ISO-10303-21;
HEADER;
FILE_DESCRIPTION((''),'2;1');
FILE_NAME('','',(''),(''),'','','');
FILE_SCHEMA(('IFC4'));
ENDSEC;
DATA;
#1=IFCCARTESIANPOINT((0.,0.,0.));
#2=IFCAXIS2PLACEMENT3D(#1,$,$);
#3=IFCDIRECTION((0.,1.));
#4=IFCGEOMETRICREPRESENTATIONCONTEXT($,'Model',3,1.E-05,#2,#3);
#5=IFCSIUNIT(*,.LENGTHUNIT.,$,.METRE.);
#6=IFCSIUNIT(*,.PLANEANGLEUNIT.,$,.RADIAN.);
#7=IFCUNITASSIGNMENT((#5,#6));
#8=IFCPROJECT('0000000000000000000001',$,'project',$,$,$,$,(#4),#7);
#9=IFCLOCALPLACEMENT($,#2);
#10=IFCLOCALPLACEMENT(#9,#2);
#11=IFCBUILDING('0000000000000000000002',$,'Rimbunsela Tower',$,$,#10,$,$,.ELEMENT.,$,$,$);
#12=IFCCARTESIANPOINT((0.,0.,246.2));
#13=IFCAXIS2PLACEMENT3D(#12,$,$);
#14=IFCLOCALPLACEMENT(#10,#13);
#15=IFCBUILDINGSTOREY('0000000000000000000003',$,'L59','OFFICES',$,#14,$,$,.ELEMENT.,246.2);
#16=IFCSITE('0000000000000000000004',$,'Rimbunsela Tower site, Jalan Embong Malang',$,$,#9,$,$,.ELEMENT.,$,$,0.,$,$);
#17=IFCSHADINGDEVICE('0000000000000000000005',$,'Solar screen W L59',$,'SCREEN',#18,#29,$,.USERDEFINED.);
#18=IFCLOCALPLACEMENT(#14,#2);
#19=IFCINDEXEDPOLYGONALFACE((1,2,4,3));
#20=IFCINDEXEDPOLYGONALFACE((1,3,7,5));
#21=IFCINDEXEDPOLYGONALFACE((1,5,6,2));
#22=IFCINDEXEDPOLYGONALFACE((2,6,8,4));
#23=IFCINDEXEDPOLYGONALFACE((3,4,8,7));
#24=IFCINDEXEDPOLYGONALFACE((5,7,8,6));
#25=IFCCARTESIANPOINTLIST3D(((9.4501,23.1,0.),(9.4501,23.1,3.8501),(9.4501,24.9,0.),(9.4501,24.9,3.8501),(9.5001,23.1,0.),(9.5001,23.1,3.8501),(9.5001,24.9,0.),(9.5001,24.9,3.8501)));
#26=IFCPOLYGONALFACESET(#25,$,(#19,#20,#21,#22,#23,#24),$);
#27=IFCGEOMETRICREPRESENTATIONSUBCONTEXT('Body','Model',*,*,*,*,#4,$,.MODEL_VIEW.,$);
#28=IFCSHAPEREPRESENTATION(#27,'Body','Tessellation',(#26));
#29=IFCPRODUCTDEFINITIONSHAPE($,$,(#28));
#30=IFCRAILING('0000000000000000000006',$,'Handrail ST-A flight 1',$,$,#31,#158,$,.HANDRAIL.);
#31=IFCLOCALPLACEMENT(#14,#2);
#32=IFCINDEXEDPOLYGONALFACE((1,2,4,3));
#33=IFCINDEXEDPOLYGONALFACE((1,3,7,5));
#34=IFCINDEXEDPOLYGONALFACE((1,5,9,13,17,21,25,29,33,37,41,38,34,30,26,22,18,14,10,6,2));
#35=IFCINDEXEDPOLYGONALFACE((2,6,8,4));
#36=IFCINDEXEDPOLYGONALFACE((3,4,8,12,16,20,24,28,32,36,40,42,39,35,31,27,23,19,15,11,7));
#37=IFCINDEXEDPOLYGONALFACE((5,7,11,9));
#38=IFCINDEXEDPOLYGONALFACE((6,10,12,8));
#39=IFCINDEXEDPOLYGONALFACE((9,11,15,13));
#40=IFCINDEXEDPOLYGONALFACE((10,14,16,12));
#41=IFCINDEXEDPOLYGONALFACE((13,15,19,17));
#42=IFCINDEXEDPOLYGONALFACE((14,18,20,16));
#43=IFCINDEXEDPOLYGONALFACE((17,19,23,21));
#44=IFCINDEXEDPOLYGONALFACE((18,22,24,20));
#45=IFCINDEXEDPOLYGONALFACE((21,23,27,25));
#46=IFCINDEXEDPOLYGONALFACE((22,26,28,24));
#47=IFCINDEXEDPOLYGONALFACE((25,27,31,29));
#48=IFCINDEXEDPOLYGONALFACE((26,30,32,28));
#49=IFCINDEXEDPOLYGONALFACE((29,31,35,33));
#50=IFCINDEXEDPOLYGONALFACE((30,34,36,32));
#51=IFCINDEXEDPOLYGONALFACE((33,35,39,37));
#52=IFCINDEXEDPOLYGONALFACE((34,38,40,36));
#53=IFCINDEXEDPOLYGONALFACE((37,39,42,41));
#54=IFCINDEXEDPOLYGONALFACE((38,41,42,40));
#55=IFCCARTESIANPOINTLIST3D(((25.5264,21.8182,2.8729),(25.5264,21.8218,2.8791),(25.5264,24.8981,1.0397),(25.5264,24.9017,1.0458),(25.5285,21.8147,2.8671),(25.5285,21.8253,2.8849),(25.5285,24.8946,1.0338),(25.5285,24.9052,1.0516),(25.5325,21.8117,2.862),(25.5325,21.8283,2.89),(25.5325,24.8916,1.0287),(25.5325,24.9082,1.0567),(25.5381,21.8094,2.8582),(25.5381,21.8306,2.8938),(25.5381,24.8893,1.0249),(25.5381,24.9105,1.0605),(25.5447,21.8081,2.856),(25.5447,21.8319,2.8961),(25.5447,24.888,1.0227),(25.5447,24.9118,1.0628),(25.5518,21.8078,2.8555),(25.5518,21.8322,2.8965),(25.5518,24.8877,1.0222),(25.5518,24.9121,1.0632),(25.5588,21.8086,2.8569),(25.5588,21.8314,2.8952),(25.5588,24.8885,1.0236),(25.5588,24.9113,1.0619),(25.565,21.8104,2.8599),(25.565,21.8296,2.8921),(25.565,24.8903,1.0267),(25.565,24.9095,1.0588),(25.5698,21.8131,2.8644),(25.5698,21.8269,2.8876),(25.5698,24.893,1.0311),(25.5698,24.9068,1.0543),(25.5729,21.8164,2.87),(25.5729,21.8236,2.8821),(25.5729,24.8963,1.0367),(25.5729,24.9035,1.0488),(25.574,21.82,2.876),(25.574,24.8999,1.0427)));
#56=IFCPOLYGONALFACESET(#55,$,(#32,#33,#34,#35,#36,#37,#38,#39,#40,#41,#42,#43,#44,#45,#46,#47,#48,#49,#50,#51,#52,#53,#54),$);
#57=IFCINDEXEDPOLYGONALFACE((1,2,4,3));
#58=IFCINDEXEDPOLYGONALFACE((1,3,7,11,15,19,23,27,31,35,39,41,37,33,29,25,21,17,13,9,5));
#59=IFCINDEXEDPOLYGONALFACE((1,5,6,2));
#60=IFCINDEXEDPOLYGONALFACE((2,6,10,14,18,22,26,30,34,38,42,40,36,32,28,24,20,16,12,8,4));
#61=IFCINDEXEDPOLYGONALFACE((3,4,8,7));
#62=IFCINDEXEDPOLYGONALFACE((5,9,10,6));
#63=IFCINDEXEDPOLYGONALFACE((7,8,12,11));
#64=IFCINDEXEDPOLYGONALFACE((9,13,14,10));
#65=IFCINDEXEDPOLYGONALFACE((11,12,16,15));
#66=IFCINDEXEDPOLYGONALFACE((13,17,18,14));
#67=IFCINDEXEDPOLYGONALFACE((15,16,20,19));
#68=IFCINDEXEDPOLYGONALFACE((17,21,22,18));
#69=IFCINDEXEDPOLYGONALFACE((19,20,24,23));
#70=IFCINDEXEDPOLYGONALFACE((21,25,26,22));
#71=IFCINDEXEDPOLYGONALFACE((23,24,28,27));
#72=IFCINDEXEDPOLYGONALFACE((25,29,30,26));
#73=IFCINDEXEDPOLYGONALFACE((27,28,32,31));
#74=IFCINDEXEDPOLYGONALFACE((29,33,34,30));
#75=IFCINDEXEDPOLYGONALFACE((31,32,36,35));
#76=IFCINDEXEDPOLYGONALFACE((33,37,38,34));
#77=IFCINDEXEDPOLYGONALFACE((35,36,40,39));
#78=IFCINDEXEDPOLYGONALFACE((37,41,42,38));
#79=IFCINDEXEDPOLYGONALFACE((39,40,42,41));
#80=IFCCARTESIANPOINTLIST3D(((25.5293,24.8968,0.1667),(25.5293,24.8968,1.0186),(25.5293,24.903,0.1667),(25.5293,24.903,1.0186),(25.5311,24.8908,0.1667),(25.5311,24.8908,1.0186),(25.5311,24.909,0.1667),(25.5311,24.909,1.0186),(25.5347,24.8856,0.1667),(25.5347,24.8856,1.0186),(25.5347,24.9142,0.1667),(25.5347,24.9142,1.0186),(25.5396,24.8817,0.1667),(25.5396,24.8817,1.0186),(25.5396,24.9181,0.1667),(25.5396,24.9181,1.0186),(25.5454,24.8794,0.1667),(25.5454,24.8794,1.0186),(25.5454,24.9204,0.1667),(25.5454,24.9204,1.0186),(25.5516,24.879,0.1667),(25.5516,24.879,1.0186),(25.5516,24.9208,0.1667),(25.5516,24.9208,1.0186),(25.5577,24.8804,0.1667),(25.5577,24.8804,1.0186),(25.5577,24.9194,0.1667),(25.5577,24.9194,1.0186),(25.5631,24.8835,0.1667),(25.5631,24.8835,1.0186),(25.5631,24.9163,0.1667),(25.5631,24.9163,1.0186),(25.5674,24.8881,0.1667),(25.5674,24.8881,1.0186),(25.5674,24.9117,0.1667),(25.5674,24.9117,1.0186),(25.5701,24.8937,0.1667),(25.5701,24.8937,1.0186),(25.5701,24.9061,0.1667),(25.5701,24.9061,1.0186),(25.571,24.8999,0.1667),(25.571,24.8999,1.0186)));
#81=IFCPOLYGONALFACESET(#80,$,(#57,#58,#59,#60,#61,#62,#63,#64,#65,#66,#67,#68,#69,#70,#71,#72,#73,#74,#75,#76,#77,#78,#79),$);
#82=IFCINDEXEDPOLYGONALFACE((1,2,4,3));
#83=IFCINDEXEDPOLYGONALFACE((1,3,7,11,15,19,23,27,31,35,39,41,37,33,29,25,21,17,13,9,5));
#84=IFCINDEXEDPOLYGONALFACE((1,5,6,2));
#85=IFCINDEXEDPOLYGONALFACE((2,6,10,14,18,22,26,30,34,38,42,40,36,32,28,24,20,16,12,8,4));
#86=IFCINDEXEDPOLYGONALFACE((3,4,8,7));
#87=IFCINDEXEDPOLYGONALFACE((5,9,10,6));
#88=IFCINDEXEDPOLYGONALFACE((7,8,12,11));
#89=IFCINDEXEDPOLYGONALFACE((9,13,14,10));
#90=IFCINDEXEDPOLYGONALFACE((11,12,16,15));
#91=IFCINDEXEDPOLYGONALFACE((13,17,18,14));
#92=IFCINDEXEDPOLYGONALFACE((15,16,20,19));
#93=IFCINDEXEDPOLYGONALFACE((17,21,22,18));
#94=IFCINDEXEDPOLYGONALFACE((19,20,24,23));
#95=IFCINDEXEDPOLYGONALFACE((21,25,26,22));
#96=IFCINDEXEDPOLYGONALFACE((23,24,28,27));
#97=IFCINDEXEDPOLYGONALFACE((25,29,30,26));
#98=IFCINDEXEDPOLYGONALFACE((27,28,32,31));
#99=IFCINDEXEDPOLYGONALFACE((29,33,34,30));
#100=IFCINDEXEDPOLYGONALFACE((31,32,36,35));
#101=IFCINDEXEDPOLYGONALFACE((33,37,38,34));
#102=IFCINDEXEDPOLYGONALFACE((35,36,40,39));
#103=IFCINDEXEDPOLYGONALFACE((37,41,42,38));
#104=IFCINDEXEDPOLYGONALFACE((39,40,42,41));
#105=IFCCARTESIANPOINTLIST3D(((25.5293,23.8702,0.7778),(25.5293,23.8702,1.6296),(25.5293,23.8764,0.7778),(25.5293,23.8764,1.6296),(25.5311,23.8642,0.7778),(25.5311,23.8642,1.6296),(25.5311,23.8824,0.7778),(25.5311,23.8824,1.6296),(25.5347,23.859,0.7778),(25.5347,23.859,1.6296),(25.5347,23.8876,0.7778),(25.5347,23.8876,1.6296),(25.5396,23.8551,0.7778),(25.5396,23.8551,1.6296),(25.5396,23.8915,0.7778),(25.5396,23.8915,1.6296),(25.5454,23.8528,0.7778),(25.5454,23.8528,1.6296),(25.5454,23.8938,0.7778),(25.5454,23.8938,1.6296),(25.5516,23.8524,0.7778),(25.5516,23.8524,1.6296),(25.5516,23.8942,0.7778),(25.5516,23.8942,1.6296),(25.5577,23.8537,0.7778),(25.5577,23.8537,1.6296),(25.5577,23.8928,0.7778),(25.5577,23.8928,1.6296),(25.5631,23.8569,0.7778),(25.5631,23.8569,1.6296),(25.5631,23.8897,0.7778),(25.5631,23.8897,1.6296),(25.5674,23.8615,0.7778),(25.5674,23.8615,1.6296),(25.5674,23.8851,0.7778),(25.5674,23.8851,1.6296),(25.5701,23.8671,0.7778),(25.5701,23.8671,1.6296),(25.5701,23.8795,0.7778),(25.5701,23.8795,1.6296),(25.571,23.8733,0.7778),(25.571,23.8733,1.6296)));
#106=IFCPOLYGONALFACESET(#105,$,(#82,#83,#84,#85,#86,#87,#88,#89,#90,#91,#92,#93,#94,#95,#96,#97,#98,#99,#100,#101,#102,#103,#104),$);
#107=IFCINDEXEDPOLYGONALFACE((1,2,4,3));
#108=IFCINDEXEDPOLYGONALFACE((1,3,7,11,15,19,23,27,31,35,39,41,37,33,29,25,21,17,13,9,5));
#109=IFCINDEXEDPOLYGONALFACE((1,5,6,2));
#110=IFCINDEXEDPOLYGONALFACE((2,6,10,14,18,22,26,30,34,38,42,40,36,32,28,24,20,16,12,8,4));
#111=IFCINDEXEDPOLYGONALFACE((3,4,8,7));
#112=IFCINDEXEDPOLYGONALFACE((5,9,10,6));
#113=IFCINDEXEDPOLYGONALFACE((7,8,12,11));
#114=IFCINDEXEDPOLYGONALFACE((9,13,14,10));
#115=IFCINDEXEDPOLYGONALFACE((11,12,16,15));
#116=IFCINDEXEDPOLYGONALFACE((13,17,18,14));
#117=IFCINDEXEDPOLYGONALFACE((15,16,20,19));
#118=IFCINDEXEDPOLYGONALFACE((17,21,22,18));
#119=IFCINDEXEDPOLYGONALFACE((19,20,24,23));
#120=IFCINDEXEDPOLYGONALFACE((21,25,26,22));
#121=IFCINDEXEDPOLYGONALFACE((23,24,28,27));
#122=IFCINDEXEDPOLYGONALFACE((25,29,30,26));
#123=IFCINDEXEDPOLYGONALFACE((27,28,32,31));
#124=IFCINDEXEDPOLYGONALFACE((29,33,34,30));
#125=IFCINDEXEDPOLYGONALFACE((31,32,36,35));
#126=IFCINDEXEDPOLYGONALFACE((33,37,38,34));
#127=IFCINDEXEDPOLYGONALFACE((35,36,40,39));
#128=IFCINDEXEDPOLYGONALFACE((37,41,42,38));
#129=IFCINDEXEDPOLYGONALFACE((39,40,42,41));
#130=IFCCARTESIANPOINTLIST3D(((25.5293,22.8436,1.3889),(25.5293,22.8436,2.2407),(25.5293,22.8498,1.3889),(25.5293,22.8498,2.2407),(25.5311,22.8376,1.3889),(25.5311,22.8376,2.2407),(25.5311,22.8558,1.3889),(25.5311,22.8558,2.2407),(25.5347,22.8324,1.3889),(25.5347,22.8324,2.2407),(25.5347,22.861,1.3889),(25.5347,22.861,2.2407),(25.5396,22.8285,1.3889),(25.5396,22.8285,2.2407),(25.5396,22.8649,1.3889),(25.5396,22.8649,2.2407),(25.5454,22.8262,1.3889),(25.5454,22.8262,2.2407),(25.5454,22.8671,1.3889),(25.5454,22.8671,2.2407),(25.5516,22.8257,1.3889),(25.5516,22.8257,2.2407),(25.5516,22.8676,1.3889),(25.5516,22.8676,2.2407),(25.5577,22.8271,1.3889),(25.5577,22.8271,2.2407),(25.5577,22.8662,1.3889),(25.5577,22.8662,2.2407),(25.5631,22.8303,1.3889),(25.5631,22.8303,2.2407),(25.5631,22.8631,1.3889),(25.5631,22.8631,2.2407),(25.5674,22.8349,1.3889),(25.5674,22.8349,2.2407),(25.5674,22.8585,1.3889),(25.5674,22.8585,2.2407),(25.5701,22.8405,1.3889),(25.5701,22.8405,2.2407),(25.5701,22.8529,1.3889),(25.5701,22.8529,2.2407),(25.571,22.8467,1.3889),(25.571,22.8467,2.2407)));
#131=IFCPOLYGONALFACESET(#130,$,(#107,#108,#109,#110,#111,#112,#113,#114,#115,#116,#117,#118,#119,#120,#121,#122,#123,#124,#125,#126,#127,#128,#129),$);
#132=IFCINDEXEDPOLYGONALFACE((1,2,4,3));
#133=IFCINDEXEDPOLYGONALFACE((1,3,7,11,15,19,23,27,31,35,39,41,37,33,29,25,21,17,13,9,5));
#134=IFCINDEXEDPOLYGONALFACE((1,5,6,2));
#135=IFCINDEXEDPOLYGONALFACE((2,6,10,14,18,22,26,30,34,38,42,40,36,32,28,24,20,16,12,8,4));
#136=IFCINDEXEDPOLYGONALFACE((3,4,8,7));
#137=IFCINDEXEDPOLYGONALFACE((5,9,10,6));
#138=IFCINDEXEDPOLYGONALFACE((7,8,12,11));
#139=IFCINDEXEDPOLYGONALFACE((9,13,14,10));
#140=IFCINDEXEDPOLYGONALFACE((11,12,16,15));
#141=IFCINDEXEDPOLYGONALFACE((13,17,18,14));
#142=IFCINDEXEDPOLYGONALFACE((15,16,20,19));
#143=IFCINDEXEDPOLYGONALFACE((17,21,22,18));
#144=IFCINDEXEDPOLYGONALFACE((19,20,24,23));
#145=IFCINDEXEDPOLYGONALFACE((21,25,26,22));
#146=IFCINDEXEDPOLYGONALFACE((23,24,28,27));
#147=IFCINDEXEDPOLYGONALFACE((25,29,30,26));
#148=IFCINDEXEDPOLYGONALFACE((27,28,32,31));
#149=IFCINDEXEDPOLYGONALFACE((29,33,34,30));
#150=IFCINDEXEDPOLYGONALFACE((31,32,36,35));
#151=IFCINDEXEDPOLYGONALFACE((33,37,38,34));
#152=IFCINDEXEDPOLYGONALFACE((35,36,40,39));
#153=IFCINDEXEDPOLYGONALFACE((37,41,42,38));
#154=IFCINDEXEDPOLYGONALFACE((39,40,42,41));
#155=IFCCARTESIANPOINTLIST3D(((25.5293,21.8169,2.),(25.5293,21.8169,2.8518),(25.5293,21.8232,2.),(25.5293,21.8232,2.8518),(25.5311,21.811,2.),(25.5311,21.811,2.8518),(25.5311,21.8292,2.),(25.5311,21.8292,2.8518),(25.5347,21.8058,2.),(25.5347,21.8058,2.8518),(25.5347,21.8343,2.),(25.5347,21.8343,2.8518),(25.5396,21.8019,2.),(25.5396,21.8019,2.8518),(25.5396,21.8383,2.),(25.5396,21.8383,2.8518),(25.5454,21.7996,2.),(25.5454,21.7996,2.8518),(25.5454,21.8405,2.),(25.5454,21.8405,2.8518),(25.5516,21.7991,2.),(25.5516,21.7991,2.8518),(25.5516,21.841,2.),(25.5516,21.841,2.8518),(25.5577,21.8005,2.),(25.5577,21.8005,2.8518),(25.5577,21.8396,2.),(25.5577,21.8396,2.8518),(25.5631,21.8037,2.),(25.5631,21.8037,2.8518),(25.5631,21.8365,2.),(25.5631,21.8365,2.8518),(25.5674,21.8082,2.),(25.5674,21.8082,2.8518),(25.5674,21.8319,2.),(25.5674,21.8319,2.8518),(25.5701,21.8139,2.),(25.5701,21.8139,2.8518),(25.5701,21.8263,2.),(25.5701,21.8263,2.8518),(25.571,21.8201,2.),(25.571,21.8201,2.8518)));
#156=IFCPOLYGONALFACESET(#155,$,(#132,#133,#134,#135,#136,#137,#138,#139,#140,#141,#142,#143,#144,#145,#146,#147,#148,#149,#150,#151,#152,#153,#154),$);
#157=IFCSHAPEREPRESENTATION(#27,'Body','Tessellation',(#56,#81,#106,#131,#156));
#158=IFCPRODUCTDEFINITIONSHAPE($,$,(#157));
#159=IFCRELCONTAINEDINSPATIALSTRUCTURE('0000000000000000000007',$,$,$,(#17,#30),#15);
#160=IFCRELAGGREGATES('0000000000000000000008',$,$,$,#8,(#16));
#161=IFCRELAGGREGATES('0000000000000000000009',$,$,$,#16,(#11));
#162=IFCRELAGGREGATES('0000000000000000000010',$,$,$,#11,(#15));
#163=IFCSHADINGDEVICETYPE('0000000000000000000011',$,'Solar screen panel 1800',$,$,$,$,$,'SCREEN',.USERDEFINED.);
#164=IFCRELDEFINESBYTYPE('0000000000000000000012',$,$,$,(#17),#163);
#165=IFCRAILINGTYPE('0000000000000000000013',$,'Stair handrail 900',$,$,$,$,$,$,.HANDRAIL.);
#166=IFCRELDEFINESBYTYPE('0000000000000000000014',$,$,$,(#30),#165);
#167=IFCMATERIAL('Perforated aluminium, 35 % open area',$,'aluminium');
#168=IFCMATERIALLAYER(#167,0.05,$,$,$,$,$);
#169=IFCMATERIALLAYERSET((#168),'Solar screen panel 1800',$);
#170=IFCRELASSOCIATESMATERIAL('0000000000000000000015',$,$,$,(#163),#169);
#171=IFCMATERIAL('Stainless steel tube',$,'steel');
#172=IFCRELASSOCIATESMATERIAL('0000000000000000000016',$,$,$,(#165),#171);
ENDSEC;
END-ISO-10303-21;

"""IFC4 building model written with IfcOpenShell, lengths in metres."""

from ifc_helpers import new_model, si_unit, direction, frame, origin, origin_2d, place, context, subcontext, project, spatial, rectangle, circle, extrude, material, layer, layer_set, type_object, element, save


model = new_model("IFC4")

# Units and contexts
model_context = context("Model", 3, precision=1e-05, world=origin(), true_north=direction((0.0, 1.0)))
body_context = subcontext(model_context, "Body", "Model", "MODEL_VIEW")
ifc_project = project(units=[si_unit("LENGTHUNIT", "METRE"), si_unit("PLANEANGLEUNIT", "RADIAN")], contexts=[model_context])

# Site, building, storey
site_placement = place(None, origin())
site = spatial("IfcSite", under=ifc_project, at=site_placement, Name="Rimbunsela Tower site, Jalan Embong Malang", CompositionType="ELEMENT", RefElevation=0.0)
building_placement = place(site_placement, origin())
building = spatial("IfcBuilding", under=site, at=building_placement, Name="Rimbunsela Tower", CompositionType="ELEMENT")
storey_placement = place(building_placement, frame((0.0, 0.0, 246.2)))
storey = spatial("IfcBuildingStorey", under=building, at=storey_placement, Name="L59", Description="OFFICES", CompositionType="ELEMENT", Elevation=246.2)

# Shading device
ifc_material_1 = material(Name="Perforated aluminium, 35 % open area", Category="aluminium")
ifc_layer_1 = layer(ifc_material_1, 0.05)
ifc_layer_set_1 = layer_set([ifc_layer_1], Name="Solar screen panel 1800")
shading_device_type = type_object("IfcShadingDeviceType", Name="Solar screen panel 1800", ElementType="SCREEN", PredefinedType="USERDEFINED", material=ifc_layer_set_1)
for number, where, z_axis, x_axis, name in (
    (1, (9.4751, 24.0, 0.0), (0.0, 0.0, 1.0), (0.0, 1.0, 0.0), "Solar screen W L59"),
):
    element("IfcShadingDevice", number, at=place(storey_placement, frame(where, z_axis=z_axis, x_axis=x_axis)), inside=storey, type_object=shading_device_type, Name=name, ObjectType="SCREEN", PredefinedType="USERDEFINED", context=body_context, shape_type="SweptSolid", body=[
        extrude(rectangle(XDim=1.8, YDim=0.05, at=origin_2d()), origin(), (0.0, 0.0, 1.0), 3.8501),
    ])

# Railing
ifc_material_2 = material(Name="Stainless steel tube", Category="steel")
railing_type = type_object("IfcRailingType", Name="Stair handrail 900", PredefinedType="HANDRAIL", material=ifc_material_2)
railing_1_placement = place(storey_placement, frame((25.55, 24.8999, 0.1667)))
element("IfcRailing", 2, at=railing_1_placement, inside=storey, type_object=railing_type, Name="Handrail ST-A flight 1", PredefinedType="HANDRAIL", context=body_context, shape_type="SweptSolid", body=[
    extrude(circle(Radius=0.0239, at=origin_2d()), frame((0.0, 0.0, 0.876), z_axis=(0.0, -0.859291, 0.511487), x_axis=(1.0, 0.0, 0.0)), (0.0, 0.0, 1.0), 3.5842),
    extrude(circle(Radius=0.021, at=origin_2d()), origin(), (0.0, 0.0, 1.0), 0.8518),
    extrude(circle(Radius=0.021, at=origin_2d()), frame((0.0, -1.0266, 0.6111)), (0.0, 0.0, 1.0), 0.8518),
    extrude(circle(Radius=0.021, at=origin_2d()), frame((0.0, -2.0532, 1.2222)), (0.0, 0.0, 1.0), 0.8518),
    extrude(circle(Radius=0.021, at=origin_2d()), frame((0.0, -3.0798, 1.8333)), (0.0, 0.0, 1.0), 0.8518),
])

save(model, "model.ifc")
